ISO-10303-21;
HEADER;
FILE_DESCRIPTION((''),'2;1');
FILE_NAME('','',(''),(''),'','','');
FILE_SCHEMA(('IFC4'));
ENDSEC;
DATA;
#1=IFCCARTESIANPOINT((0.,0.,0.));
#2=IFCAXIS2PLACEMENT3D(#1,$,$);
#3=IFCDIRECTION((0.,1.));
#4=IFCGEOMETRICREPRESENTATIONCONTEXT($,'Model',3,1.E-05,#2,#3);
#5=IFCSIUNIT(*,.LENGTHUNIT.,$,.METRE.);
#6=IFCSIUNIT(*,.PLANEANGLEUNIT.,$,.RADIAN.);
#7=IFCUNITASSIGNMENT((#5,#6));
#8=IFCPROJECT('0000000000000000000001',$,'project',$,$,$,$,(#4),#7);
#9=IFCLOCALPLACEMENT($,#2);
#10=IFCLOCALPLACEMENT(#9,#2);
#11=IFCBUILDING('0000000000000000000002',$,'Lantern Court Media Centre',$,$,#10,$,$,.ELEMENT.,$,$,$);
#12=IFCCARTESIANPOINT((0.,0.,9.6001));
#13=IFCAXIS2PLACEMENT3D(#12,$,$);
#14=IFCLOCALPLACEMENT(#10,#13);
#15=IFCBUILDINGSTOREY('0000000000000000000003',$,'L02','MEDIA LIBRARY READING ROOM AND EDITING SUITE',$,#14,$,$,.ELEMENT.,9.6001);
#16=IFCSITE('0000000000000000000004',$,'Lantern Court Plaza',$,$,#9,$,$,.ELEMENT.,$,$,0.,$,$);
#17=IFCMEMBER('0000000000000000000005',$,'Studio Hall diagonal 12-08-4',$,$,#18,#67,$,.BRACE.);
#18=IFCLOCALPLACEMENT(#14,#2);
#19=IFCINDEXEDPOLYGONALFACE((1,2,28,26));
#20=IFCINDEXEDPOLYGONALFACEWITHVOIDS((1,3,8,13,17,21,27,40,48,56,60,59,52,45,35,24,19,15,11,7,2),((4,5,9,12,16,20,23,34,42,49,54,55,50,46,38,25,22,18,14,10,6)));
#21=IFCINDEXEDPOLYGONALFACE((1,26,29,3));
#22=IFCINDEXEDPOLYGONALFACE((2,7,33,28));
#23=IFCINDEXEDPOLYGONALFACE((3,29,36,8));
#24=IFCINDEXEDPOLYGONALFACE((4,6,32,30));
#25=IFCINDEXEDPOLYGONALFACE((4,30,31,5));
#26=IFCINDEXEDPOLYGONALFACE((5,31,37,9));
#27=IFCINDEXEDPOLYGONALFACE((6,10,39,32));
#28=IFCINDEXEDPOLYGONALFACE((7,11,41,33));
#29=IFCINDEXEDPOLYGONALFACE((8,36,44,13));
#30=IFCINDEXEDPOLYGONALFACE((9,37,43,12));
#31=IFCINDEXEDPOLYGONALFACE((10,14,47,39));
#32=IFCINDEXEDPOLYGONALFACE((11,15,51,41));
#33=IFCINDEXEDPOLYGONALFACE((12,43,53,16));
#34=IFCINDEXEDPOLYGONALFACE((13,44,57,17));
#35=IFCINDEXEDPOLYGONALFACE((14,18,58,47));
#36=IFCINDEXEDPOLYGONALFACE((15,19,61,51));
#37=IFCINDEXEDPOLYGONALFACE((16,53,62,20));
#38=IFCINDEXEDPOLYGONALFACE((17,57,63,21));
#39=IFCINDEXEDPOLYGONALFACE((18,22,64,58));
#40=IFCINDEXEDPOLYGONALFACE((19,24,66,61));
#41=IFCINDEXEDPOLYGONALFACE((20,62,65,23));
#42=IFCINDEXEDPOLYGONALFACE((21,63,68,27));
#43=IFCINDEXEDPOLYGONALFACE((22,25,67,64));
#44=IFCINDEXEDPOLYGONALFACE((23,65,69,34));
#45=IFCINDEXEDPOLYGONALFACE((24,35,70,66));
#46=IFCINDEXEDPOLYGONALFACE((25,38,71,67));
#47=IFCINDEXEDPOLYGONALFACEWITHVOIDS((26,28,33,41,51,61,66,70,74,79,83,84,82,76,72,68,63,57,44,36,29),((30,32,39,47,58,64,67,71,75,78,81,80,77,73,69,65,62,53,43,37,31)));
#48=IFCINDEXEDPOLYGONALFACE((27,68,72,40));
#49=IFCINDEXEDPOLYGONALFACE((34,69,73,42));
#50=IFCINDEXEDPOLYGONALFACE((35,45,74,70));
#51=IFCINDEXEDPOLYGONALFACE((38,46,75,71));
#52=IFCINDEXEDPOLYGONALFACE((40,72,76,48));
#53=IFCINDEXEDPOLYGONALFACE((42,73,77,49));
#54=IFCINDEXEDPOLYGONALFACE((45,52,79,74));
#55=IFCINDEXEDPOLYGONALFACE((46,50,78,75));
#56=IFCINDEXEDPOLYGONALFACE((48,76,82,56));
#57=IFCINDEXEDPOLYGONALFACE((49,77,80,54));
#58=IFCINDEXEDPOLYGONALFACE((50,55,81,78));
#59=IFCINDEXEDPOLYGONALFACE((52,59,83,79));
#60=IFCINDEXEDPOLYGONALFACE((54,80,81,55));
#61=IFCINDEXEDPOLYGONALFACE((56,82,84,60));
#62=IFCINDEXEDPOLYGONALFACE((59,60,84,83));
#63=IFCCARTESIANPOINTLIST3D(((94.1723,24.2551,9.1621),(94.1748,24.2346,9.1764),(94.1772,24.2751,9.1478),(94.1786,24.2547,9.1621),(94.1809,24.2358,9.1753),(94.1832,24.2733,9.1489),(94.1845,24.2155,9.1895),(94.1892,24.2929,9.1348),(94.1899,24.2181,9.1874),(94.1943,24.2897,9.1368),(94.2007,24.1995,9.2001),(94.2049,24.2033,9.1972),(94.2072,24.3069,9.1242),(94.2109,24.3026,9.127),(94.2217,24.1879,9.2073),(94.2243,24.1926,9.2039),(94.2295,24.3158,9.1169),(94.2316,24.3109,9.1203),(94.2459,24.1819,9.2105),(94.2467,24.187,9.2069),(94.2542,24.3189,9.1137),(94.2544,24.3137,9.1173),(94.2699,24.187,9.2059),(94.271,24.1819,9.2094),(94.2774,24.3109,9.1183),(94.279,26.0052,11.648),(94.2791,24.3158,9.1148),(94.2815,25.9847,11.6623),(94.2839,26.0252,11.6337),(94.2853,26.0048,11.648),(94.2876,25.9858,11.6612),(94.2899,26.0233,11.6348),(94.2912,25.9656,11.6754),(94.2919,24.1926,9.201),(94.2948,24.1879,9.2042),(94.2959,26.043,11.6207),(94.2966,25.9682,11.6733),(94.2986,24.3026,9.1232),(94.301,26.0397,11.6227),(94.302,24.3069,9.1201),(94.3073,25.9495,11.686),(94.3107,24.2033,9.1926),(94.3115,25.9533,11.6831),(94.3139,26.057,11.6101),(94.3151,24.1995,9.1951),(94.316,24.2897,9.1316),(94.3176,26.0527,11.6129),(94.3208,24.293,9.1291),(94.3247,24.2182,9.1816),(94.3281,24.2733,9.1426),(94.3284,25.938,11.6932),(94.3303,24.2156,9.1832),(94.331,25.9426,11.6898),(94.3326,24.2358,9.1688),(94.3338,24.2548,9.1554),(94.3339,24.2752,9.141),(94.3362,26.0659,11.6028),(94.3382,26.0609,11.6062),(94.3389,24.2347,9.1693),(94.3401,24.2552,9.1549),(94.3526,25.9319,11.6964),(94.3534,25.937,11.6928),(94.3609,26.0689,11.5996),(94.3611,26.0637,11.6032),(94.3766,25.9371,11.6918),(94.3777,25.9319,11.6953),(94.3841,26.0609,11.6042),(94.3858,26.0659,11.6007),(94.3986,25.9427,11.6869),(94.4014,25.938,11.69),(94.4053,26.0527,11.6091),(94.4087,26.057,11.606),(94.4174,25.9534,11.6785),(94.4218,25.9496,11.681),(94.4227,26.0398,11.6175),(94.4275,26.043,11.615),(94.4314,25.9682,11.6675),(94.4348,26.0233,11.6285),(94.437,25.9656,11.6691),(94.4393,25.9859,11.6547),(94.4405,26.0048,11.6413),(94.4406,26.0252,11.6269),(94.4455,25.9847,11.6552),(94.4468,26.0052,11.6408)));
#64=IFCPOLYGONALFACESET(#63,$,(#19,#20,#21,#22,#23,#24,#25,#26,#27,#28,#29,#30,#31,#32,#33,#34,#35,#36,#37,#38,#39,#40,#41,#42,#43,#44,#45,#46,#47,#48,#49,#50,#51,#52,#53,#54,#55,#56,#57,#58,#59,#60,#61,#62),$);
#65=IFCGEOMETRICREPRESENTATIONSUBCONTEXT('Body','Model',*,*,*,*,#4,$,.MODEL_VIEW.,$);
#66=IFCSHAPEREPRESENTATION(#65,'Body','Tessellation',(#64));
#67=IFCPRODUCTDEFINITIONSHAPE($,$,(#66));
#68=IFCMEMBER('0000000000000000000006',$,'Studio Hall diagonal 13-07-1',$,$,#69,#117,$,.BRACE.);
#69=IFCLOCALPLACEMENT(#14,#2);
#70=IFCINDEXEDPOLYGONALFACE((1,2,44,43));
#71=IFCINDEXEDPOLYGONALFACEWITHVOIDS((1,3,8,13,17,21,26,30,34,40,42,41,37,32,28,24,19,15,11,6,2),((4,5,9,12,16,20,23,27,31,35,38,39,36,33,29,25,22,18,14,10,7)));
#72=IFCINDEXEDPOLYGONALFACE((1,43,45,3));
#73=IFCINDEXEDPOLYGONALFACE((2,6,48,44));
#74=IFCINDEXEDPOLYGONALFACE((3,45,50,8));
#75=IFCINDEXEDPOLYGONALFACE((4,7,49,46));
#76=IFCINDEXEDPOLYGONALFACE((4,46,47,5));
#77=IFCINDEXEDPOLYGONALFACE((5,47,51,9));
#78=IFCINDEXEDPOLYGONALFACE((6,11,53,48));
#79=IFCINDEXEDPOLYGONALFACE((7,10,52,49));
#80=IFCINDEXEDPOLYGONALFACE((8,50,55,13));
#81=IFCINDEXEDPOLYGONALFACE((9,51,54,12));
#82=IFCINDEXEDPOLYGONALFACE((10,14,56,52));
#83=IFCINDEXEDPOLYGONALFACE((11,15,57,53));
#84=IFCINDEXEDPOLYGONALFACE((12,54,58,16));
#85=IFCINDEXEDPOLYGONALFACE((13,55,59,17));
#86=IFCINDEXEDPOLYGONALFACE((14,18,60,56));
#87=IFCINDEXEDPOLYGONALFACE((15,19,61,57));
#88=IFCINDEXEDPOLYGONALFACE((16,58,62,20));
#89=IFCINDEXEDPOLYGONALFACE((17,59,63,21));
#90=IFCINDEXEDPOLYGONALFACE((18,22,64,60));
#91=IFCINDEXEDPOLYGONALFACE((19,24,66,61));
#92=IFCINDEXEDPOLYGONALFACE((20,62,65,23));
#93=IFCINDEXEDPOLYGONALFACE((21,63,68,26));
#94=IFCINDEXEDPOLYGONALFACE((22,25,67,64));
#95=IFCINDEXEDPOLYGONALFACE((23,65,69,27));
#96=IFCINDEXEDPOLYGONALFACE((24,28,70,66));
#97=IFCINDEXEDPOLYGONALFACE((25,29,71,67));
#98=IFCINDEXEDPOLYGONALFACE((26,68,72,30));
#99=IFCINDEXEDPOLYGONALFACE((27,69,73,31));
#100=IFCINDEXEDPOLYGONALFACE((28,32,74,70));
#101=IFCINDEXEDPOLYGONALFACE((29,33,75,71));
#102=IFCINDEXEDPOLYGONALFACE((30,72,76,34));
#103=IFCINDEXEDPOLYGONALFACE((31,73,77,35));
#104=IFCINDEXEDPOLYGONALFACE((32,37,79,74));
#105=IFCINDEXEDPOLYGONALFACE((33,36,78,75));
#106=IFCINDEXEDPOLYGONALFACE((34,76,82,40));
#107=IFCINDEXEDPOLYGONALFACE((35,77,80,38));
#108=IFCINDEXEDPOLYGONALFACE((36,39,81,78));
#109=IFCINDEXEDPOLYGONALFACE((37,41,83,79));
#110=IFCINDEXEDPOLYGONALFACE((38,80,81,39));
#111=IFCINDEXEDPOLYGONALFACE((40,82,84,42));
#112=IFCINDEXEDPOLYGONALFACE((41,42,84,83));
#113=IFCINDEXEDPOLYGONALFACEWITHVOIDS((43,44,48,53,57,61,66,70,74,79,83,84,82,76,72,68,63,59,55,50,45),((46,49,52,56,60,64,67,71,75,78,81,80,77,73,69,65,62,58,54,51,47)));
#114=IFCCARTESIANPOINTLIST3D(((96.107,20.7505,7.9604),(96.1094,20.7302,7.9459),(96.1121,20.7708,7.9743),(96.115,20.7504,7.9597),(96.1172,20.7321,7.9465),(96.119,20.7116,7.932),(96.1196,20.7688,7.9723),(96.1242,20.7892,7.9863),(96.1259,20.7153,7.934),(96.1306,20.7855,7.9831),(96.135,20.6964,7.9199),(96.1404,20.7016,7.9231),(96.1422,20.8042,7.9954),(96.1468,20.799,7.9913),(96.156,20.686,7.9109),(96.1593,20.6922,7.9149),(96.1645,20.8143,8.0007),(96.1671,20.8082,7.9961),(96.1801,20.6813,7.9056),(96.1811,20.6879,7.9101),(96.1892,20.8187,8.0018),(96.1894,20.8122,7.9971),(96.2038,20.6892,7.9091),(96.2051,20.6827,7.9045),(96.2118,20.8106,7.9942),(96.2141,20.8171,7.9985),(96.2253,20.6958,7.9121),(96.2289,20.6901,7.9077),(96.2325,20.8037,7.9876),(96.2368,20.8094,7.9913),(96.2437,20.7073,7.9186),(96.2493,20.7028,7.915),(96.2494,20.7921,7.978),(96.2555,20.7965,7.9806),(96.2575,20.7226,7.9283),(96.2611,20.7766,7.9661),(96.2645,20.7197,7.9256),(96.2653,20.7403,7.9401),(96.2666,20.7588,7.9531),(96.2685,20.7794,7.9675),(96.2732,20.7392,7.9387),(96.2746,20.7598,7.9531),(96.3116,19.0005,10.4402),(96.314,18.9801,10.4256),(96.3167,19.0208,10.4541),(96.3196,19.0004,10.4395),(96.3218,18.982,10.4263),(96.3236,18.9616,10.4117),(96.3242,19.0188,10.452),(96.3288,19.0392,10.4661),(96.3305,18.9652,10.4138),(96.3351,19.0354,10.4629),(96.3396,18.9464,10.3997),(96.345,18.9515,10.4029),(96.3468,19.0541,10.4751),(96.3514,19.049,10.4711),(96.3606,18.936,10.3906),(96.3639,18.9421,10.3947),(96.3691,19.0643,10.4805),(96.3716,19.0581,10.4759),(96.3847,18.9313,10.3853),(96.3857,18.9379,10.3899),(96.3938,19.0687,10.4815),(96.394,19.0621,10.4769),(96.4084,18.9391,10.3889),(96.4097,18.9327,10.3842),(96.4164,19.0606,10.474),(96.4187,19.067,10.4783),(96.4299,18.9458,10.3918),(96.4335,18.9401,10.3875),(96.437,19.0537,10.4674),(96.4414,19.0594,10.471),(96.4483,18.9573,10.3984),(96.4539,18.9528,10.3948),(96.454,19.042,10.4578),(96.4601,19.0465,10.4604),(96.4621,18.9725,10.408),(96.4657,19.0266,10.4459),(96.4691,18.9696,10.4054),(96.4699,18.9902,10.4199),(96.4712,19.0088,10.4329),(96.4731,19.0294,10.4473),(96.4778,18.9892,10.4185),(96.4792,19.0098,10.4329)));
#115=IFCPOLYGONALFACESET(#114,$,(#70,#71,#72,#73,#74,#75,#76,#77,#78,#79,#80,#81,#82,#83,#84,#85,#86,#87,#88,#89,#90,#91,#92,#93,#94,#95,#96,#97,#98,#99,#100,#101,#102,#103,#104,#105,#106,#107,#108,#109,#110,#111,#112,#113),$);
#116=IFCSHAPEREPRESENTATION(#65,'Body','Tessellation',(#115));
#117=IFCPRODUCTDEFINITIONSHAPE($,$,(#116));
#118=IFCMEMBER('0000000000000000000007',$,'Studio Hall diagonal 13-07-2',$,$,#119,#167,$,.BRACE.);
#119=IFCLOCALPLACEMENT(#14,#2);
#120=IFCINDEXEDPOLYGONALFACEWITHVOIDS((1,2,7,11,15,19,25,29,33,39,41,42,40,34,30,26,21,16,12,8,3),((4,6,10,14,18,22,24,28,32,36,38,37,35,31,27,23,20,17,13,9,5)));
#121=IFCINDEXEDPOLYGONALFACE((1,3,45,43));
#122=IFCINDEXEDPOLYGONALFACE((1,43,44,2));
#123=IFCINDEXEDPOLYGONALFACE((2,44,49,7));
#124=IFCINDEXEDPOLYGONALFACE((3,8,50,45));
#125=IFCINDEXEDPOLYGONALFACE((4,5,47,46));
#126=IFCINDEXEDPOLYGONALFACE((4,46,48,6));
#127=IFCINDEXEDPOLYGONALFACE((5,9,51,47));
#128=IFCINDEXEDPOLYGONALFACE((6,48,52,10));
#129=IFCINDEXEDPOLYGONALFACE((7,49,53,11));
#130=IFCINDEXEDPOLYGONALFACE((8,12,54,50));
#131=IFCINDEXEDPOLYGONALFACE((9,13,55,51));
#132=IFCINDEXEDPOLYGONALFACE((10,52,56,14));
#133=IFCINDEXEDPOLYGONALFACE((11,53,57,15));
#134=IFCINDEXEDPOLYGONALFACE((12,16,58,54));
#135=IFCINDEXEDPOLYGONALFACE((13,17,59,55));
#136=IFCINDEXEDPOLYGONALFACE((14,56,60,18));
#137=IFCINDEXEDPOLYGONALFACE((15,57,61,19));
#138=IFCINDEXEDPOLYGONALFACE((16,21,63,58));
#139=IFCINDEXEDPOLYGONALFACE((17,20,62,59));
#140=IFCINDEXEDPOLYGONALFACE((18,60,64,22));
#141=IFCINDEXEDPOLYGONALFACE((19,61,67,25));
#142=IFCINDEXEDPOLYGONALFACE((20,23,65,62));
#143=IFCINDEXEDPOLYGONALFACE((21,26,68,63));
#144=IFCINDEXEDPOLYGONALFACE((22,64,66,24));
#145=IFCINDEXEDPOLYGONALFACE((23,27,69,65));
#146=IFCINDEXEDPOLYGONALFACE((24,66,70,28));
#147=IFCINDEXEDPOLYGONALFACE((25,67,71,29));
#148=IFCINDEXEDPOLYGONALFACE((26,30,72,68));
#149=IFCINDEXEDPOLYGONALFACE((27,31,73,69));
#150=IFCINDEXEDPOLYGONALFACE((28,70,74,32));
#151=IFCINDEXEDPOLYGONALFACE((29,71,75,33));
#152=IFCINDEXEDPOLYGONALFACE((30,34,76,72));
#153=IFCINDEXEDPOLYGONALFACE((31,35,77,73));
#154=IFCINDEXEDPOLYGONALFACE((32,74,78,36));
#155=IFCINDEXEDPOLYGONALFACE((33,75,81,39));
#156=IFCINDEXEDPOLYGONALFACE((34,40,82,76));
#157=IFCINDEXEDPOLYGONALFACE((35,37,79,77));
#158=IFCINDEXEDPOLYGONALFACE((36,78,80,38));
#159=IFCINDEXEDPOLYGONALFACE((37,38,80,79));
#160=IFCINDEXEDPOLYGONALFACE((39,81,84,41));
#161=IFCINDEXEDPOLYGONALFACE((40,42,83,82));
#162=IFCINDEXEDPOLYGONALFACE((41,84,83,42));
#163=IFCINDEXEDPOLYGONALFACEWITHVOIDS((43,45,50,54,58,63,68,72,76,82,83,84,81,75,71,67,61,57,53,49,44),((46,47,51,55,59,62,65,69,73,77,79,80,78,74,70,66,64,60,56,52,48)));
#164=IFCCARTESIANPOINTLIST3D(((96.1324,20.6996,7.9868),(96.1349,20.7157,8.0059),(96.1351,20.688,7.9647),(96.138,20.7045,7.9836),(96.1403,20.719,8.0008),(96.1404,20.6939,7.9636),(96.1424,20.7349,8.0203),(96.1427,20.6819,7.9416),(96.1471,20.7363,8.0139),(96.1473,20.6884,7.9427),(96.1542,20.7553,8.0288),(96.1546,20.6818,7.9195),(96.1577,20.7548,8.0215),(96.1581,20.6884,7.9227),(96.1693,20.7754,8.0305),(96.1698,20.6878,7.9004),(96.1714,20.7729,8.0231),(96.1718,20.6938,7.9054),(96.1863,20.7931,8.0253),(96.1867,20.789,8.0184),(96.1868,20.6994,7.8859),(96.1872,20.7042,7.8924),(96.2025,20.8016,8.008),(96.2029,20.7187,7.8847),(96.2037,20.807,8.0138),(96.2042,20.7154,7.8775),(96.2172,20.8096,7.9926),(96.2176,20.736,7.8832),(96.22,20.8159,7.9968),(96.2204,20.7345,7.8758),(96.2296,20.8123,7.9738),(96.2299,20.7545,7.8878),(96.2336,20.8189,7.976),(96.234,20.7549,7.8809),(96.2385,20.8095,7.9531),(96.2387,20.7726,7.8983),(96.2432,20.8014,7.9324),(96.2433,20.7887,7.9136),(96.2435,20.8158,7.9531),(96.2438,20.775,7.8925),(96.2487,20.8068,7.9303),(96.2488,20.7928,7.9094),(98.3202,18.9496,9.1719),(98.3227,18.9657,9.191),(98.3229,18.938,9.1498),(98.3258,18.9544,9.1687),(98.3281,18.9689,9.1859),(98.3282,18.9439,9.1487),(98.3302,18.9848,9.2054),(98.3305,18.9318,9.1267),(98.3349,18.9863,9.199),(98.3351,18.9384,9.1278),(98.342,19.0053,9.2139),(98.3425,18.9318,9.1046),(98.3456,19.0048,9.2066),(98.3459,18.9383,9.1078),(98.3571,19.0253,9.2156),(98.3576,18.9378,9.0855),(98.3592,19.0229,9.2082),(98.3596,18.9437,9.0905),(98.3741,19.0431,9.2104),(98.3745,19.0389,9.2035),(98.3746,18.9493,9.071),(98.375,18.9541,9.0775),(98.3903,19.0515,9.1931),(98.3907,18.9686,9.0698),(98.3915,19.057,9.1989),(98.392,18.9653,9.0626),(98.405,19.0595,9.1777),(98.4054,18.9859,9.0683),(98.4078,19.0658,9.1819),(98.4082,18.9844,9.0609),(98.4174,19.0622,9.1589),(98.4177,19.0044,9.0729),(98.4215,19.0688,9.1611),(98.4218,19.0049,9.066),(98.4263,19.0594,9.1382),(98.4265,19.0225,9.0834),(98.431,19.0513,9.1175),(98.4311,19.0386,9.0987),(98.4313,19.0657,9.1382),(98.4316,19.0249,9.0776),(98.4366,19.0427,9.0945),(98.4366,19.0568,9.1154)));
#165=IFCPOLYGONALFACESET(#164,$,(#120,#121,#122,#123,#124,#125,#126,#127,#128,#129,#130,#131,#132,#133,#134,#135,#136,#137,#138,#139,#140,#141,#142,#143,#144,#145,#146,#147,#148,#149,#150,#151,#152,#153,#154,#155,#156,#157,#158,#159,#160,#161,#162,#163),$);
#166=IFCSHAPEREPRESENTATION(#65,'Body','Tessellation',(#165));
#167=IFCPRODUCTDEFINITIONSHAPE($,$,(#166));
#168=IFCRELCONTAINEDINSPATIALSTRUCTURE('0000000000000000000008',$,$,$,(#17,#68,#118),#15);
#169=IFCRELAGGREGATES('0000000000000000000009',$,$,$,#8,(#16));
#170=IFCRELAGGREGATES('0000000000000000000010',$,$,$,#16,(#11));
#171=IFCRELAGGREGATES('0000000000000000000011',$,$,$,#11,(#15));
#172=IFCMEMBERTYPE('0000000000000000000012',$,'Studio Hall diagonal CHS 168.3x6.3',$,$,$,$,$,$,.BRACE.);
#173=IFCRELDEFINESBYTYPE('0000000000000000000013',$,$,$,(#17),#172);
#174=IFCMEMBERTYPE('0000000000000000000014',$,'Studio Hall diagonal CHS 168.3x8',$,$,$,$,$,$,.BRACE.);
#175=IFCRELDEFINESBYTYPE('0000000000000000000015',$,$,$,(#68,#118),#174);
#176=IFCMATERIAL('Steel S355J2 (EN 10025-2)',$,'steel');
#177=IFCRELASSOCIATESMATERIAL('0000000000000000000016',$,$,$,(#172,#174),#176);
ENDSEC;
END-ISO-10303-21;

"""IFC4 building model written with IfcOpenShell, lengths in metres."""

from ifc_helpers import new_model, si_unit, direction, frame, origin, origin_2d, place, context, subcontext, project, spatial, hollow_circle, extrude, material, material_profile, profile_set, type_object, element, save


model = new_model("IFC4")

# Units and contexts
model_context = context("Model", 3, precision=1e-05, world=origin(), true_north=direction((0.0, 1.0)))
body_context = subcontext(model_context, "Body", "Model", "MODEL_VIEW")
ifc_project = project(units=[si_unit("LENGTHUNIT", "METRE"), si_unit("PLANEANGLEUNIT", "RADIAN")], contexts=[model_context])

# Site, building, storey
site_placement = place(None, origin())
site = spatial("IfcSite", under=ifc_project, at=site_placement, Name="Lantern Court Plaza", CompositionType="ELEMENT", RefElevation=0.0)
building_placement = place(site_placement, origin())
building = spatial("IfcBuilding", under=site, at=building_placement, Name="Lantern Court Media Centre", CompositionType="ELEMENT")
storey_placement = place(building_placement, frame((0.0, 0.0, 9.6001)))
storey = spatial("IfcBuildingStorey", under=building, at=storey_placement, Name="L02", Description="MEDIA LIBRARY READING ROOM AND EDITING SUITE", CompositionType="ELEMENT", Elevation=9.6001)

# Members
ifc_material = material(Name="Steel S355J2 (EN 10025-2)", Category="steel")
ifc_material_profile_1 = material_profile(ifc_material, hollow_circle(Radius=0.0842, WallThickness=0.0063, at=origin_2d()), Name="Studio Hall diagonal CHS 168.3x6.3")
ifc_profile_set_1 = profile_set([ifc_material_profile_1], Name="Steel S355J2 (EN 10025-2)")
member_type_1 = type_object("IfcMemberType", Name="Studio Hall diagonal CHS 168.3x6.3", PredefinedType="BRACE", material=ifc_profile_set_1)
for number, where, z_axis, x_axis, name in (
    (1, (94.2563, 24.25, 9.1621), (0.035073, 0.575294, 0.817194), (-0.998147, 0.060852, 0.0), "Studio Hall diagonal 12-08-4"),
):
    element("IfcMember", number, at=place(storey_placement, frame(where, z_axis=z_axis, x_axis=x_axis)), inside=storey, type_object=member_type_1, Name=name, PredefinedType="BRACE", context=body_context, shape_type="SweptSolid", body=[
        extrude(hollow_circle(Radius=0.0842, WallThickness=0.0063, at=origin_2d()), origin(), (0.0, 0.0, 1.0), 3.042),
    ])
ifc_material_profile_2 = material_profile(ifc_material, hollow_circle(Radius=0.0842, WallThickness=0.0081, at=origin_2d()), Name="Studio Hall diagonal CHS 168.3x8")
ifc_profile_set_2 = profile_set([ifc_material_profile_2], Name="Steel S355J2 (EN 10025-2)")
member_type_2 = type_object("IfcMemberType", Name="Studio Hall diagonal CHS 168.3x8", PredefinedType="BRACE", material=ifc_profile_set_2)
for number, where, z_axis, x_axis, name in (
    (2, (96.1909, 20.75, 7.9531), (0.067256, -0.575289, 0.81518), (0.993235, 0.116118, 0.0), "Studio Hall diagonal 13-07-1"),
    (3, (96.1909, 20.75, 7.9531), (0.719206, -0.5753, 0.38958), (0.624653, 0.780903, 0.0), "Studio Hall diagonal 13-07-2"),
):
    element("IfcMember", number, at=place(storey_placement, frame(where, z_axis=z_axis, x_axis=x_axis)), inside=storey, type_object=member_type_2, Name=name, PredefinedType="BRACE", context=body_context, shape_type="SweptSolid", body=[
        extrude(hollow_circle(Radius=0.0842, WallThickness=0.0081, at=origin_2d()), origin(), (0.0, 0.0, 1.0), 3.042),
    ])

save(model, "model.ifc")
